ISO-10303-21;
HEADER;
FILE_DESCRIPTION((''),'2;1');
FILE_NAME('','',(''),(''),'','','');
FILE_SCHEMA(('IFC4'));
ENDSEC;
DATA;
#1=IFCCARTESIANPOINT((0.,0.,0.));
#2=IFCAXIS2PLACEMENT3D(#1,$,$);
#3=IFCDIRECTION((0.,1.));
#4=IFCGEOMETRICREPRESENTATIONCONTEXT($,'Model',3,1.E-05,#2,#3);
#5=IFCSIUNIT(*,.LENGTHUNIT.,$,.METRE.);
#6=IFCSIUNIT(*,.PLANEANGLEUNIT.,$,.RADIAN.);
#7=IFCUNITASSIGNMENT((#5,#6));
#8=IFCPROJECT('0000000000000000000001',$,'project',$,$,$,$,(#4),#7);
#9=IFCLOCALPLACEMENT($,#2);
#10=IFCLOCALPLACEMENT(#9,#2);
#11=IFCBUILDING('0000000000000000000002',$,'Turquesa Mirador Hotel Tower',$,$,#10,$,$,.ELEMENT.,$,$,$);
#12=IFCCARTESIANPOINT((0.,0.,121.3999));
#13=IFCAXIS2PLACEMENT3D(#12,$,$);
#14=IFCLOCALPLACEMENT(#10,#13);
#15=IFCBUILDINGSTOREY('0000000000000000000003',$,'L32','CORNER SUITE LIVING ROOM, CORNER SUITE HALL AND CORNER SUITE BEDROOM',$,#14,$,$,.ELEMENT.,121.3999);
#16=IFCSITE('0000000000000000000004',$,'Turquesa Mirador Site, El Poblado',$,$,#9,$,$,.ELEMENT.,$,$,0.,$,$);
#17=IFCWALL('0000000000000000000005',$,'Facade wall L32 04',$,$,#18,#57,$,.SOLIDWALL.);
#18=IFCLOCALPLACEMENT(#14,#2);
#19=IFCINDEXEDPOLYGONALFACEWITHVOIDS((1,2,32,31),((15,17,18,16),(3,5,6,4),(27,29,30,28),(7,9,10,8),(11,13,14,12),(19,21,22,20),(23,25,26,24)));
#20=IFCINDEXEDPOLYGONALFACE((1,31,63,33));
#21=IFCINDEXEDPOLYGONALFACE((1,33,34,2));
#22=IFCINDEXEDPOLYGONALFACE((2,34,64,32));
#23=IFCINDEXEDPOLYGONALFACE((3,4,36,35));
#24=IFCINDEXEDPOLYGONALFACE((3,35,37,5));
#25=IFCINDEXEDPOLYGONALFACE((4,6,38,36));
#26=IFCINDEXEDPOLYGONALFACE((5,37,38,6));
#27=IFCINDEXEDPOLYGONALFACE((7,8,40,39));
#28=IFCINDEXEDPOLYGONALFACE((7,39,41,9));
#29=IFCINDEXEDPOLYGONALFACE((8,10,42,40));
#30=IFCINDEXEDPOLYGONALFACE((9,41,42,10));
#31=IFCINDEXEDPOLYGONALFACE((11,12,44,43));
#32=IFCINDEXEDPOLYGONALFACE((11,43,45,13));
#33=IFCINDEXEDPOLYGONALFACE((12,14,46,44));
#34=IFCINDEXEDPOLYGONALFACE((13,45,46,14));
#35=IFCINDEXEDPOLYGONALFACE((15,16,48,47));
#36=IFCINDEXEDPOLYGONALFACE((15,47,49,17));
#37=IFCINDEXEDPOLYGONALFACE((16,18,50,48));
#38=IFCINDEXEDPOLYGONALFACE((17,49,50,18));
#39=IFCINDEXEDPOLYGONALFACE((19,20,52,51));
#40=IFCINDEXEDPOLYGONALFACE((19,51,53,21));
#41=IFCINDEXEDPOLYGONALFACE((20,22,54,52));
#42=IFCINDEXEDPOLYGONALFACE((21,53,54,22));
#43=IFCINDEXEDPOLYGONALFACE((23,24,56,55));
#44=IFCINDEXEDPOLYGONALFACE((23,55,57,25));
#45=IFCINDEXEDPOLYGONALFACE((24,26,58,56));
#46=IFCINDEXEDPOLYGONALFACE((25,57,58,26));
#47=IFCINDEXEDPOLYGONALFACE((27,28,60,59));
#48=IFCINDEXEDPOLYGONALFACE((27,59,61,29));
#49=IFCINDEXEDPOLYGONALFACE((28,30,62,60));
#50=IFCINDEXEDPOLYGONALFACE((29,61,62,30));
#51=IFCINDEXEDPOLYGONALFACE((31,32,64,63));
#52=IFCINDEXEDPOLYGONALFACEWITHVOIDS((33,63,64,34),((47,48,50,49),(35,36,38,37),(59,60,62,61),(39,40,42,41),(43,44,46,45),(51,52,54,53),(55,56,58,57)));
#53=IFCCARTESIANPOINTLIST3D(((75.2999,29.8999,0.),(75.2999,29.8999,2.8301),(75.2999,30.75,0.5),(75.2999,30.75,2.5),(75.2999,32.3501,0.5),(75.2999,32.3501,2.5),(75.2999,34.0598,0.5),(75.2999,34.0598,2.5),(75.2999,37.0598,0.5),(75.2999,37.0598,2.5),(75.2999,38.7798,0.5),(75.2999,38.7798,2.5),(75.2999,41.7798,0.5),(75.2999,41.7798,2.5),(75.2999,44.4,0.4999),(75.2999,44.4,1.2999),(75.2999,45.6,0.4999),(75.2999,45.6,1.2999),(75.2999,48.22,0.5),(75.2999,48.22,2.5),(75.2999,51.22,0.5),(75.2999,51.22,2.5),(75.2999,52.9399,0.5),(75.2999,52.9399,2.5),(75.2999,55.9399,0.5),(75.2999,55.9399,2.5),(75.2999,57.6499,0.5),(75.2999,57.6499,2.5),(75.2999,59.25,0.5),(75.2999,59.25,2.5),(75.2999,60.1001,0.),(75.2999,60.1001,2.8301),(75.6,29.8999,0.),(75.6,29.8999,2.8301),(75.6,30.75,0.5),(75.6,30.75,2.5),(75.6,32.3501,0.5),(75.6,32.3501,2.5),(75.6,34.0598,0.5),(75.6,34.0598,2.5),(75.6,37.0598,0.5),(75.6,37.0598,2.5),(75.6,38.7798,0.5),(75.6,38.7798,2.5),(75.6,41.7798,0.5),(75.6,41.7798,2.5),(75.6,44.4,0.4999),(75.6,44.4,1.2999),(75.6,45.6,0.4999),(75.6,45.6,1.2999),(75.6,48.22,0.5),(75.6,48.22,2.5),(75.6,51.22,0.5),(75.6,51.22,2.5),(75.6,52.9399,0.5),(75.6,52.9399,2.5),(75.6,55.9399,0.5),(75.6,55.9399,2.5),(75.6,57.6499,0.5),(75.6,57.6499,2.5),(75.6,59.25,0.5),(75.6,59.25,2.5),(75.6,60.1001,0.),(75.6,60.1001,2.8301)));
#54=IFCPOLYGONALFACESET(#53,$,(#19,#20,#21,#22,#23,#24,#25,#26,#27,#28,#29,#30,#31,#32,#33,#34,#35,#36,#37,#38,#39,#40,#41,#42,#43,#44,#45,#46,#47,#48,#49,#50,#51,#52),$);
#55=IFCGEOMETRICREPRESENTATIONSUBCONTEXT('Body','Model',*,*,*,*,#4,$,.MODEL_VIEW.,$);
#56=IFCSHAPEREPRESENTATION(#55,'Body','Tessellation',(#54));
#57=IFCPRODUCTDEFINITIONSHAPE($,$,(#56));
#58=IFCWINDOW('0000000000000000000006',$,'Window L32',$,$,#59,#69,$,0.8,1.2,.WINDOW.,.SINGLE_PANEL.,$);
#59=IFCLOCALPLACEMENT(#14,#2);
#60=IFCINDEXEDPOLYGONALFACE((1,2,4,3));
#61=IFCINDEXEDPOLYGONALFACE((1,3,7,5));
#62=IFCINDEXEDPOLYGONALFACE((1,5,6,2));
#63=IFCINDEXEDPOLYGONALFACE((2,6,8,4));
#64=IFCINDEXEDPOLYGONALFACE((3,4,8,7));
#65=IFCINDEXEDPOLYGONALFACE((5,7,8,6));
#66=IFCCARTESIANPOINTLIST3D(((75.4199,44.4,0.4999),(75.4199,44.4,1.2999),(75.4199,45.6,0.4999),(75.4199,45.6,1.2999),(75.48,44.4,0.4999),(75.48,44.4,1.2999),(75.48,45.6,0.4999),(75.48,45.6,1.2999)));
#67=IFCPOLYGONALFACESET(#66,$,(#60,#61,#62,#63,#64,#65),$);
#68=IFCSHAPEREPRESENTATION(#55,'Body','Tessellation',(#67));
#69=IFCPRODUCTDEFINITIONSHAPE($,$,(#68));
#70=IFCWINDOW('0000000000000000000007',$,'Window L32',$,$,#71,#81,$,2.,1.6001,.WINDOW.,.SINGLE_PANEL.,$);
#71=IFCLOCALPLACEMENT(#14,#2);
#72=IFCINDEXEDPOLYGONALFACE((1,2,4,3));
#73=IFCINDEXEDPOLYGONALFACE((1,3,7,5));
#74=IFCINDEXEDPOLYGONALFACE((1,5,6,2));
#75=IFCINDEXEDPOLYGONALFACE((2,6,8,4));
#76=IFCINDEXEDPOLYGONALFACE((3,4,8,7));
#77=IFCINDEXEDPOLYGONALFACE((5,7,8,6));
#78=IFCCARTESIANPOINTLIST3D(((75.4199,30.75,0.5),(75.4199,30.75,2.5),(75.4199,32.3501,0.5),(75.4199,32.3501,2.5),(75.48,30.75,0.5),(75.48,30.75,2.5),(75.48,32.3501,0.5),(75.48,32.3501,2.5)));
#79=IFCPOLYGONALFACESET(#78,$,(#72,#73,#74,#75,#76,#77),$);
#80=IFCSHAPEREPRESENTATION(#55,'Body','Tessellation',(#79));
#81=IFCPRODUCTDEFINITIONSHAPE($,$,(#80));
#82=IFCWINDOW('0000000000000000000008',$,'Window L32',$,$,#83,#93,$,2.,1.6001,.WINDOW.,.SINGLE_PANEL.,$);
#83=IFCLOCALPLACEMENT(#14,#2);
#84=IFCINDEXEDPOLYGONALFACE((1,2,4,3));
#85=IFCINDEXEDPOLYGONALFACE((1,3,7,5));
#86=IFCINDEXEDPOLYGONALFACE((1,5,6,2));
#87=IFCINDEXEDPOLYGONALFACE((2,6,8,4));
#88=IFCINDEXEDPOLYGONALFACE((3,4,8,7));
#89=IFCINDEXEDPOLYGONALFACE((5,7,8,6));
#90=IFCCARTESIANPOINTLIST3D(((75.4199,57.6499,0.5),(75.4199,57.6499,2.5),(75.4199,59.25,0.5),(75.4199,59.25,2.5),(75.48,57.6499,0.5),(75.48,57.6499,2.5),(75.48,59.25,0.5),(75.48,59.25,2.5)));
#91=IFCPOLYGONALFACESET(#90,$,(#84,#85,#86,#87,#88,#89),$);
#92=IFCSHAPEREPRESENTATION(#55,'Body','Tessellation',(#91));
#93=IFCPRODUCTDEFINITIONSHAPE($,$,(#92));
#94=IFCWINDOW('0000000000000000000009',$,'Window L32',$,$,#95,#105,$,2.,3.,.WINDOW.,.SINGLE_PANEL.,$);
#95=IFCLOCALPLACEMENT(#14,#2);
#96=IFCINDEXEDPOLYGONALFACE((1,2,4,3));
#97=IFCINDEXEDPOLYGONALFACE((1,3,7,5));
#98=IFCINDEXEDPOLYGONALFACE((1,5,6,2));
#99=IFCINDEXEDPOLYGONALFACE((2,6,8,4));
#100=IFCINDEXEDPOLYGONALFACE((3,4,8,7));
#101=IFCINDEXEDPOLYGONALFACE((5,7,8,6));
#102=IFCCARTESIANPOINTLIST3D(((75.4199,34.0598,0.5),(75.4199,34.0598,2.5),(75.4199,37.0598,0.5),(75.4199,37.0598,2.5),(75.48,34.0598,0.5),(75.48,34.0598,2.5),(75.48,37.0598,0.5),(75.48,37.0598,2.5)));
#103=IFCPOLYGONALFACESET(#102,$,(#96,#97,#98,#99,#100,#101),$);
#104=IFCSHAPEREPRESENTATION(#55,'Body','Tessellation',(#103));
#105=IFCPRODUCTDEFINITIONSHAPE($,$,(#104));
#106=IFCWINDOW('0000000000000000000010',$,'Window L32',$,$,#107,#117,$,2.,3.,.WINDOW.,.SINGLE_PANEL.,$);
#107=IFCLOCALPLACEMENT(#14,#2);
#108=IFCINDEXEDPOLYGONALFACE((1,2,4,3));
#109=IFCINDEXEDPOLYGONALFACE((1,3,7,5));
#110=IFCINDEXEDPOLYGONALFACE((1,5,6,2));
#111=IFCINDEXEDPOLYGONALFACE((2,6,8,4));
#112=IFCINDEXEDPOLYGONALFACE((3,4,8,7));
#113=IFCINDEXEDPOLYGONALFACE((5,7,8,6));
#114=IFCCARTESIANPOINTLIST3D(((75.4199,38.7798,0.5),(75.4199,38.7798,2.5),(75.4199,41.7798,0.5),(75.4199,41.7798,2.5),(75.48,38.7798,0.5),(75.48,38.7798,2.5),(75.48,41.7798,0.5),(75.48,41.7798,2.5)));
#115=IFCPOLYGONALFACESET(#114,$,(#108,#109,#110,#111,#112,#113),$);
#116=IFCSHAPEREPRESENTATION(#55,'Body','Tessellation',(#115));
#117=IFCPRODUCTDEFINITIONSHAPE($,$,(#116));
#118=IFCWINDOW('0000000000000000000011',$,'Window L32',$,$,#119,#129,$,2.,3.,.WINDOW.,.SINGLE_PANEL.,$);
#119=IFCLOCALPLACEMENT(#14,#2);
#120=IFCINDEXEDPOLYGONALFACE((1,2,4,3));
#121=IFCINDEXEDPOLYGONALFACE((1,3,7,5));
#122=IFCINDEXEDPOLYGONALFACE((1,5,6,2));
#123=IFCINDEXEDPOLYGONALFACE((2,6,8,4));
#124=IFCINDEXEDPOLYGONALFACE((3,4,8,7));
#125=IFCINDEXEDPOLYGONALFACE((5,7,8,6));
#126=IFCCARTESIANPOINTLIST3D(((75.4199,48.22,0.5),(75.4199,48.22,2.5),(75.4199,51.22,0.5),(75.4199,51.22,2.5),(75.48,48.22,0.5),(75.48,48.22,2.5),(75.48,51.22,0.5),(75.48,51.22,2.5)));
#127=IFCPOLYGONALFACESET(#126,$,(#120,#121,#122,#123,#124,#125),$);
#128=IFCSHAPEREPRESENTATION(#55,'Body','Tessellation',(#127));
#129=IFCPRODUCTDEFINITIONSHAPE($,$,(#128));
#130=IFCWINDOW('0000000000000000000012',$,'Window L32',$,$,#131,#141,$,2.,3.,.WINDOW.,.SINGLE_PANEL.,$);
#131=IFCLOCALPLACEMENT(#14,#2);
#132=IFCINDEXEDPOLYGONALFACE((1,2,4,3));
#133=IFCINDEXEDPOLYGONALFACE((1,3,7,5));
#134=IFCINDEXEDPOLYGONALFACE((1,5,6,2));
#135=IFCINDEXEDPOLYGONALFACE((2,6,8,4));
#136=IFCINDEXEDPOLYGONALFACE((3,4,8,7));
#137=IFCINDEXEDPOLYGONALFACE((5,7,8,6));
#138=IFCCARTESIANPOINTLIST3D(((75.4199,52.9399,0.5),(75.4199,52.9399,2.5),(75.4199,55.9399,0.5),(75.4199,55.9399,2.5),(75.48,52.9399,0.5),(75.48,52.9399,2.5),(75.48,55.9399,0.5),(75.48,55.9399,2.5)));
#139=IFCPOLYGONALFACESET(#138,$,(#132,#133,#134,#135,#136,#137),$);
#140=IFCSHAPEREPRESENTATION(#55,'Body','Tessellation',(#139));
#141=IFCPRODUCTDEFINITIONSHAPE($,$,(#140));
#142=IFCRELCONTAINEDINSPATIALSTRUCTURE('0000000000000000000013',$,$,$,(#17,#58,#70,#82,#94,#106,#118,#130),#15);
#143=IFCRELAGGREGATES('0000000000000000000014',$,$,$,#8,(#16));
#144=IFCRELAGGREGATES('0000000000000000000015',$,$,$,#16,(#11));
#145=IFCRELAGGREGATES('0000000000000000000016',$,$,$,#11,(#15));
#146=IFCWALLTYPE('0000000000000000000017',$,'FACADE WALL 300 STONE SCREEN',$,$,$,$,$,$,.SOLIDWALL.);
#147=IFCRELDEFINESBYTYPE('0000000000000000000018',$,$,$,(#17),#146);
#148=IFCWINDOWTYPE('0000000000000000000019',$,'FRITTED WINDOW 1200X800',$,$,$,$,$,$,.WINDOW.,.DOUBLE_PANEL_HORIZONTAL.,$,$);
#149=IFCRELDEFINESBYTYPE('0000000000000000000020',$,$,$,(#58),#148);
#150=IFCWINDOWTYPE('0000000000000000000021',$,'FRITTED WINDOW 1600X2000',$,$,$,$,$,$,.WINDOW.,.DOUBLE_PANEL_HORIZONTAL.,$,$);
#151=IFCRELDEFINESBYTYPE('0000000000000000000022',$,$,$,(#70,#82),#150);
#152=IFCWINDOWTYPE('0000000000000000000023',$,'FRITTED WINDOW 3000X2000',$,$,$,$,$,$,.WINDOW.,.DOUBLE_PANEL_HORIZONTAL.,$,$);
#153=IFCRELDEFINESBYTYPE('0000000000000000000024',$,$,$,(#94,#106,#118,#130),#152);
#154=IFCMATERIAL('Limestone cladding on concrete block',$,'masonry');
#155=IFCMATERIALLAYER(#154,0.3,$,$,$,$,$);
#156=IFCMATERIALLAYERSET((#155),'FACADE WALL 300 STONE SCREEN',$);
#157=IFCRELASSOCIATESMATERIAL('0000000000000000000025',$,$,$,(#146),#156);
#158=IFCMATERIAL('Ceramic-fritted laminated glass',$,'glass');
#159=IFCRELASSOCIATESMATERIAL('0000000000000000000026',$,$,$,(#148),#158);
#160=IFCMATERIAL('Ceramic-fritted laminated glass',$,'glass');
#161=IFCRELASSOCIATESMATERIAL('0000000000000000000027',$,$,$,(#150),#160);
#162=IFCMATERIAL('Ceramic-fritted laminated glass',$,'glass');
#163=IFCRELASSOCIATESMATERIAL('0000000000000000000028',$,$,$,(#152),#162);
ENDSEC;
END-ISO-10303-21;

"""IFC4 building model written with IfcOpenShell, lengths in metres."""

from ifc_helpers import new_model, si_unit, direction, frame, frame_2d, origin, place, context, subcontext, project, spatial, rectangle, extrude, material, layer, layer_set, type_object, element, fill, save


model = new_model("IFC4")

# Units and contexts
model_context = context("Model", 3, precision=1e-05, world=origin(), true_north=direction((0.0, 1.0)))
body_context = subcontext(model_context, "Body", "Model", "MODEL_VIEW")
ifc_project = project(units=[si_unit("LENGTHUNIT", "METRE"), si_unit("PLANEANGLEUNIT", "RADIAN")], contexts=[model_context])

# Site, building, storey
site_placement = place(None, origin())
site = spatial("IfcSite", under=ifc_project, at=site_placement, Name="Turquesa Mirador Site, El Poblado", CompositionType="ELEMENT", RefElevation=0.0)
building_placement = place(site_placement, origin())
building = spatial("IfcBuilding", under=site, at=building_placement, Name="Turquesa Mirador Hotel Tower", CompositionType="ELEMENT")
storey_placement = place(building_placement, frame((0.0, 0.0, 121.3999)))
storey = spatial("IfcBuildingStorey", under=building, at=storey_placement, Name="L32", Description="CORNER SUITE LIVING ROOM, CORNER SUITE HALL AND CORNER SUITE BEDROOM", CompositionType="ELEMENT", Elevation=121.3999)

# Shared definitions
ifc_material_1 = material(Name="Limestone cladding on concrete block", Category="masonry")
ifc_layer = layer(ifc_material_1, 0.3)
ifc_layer_set = layer_set([ifc_layer], Name="FACADE WALL 300 STONE SCREEN")
wall_type = type_object("IfcWallType", Name="FACADE WALL 300 STONE SCREEN", PredefinedType="SOLIDWALL", material=ifc_layer_set)

# Wall, openings, windows
wall_1_placement = place(storey_placement, frame((75.45, 29.8999, 0.0), z_axis=(0.0, 0.0, 1.0), x_axis=(0.0, 1.0, 0.0)))
wall_1 = element("IfcWall", 1, at=wall_1_placement, inside=storey, type_object=wall_type, Name="Facade wall L32 04", PredefinedType="SOLIDWALL", context=body_context, shape_type="SweptSolid", body=[
    extrude(rectangle(XDim=30.2002, YDim=0.3, at=frame_2d((15.1001, 0.0))), origin(), (0.0, 0.0, 1.0), 2.8301),
])
opening_1_placement = place(wall_1_placement, frame((0.8501, 0.0, 0.5)))
opening_1 = element("IfcOpeningElement", 2, at=opening_1_placement, cuts=wall_1, PredefinedType="OPENING", context=body_context, shape_type="SweptSolid", body=[
    extrude(rectangle(XDim=1.6001, YDim=2.0, at=frame_2d((0.8, 1.0))), frame((0.0, 0.1599, 0.0), z_axis=(0.0, -1.0, 0.0), x_axis=(1.0, 0.0, 0.0)), (0.0, 0.0, 1.0), 0.3201),
])
opening_2_placement = place(wall_1_placement, frame((4.1599, 0.0, 0.5)))
opening_2 = element("IfcOpeningElement", 3, at=opening_2_placement, cuts=wall_1, PredefinedType="OPENING", context=body_context, shape_type="SweptSolid", body=[
    extrude(rectangle(XDim=3.0, YDim=2.0, at=frame_2d((1.5, 1.0))), frame((0.0, 0.1599, 0.0), z_axis=(0.0, -1.0, 0.0), x_axis=(1.0, 0.0, 0.0)), (0.0, 0.0, 1.0), 0.3201),
])
opening_3_placement = place(wall_1_placement, frame((8.8799, 0.0, 0.5)))
opening_3 = element("IfcOpeningElement", 4, at=opening_3_placement, cuts=wall_1, PredefinedType="OPENING", context=body_context, shape_type="SweptSolid", body=[
    extrude(rectangle(XDim=3.0, YDim=2.0, at=frame_2d((1.5, 1.0))), frame((0.0, 0.1599, 0.0), z_axis=(0.0, -1.0, 0.0), x_axis=(1.0, 0.0, 0.0)), (0.0, 0.0, 1.0), 0.3201),
])
opening_4_placement = place(wall_1_placement, frame((14.5, 0.0, 0.5)))
opening_4 = element("IfcOpeningElement", 5, at=opening_4_placement, cuts=wall_1, PredefinedType="OPENING", context=body_context, shape_type="SweptSolid", body=[
    extrude(rectangle(XDim=1.2, YDim=0.8, at=frame_2d((0.6001, 0.3999))), frame((0.0, 0.1599, 0.0), z_axis=(0.0, -1.0, 0.0), x_axis=(1.0, 0.0, 0.0)), (0.0, 0.0, 1.0), 0.3201),
])
opening_5_placement = place(wall_1_placement, frame((18.3201, 0.0, 0.5)))
opening_5 = element("IfcOpeningElement", 6, at=opening_5_placement, cuts=wall_1, PredefinedType="OPENING", context=body_context, shape_type="SweptSolid", body=[
    extrude(rectangle(XDim=3.0, YDim=2.0, at=frame_2d((1.5, 1.0))), frame((0.0, 0.1599, 0.0), z_axis=(0.0, -1.0, 0.0), x_axis=(1.0, 0.0, 0.0)), (0.0, 0.0, 1.0), 0.3201),
])
opening_6_placement = place(wall_1_placement, frame((23.04, 0.0, 0.5)))
opening_6 = element("IfcOpeningElement", 7, at=opening_6_placement, cuts=wall_1, PredefinedType="OPENING", context=body_context, shape_type="SweptSolid", body=[
    extrude(rectangle(XDim=3.0, YDim=2.0, at=frame_2d((1.5, 1.0))), frame((0.0, 0.1599, 0.0), z_axis=(0.0, -1.0, 0.0), x_axis=(1.0, 0.0, 0.0)), (0.0, 0.0, 1.0), 0.3201),
])
opening_7_placement = place(wall_1_placement, frame((27.75, 0.0, 0.5)))
opening_7 = element("IfcOpeningElement", 8, at=opening_7_placement, cuts=wall_1, PredefinedType="OPENING", context=body_context, shape_type="SweptSolid", body=[
    extrude(rectangle(XDim=1.6001, YDim=2.0, at=frame_2d((0.8, 1.0))), frame((0.0, 0.1599, 0.0), z_axis=(0.0, -1.0, 0.0), x_axis=(1.0, 0.0, 0.0)), (0.0, 0.0, 1.0), 0.3201),
])
ifc_material_2 = material(Name="Ceramic-fritted laminated glass", Category="glass")
window_type_1 = type_object("IfcWindowType", Name="FRITTED WINDOW 1200X800", PartitioningType="DOUBLE_PANEL_HORIZONTAL", PredefinedType="WINDOW", material=ifc_material_2)
window_1_placement = place(opening_4_placement, origin())
window_1 = element("IfcWindow", 9, at=window_1_placement, inside=storey, type_object=window_type_1, Name="Window L32", OverallHeight=0.8, OverallWidth=1.2, PartitioningType="SINGLE_PANEL", PredefinedType="WINDOW", context=body_context, shape_type="SweptSolid", body=[
    extrude(rectangle(XDim=1.2, YDim=0.8, at=frame_2d((0.6001, 0.3999))), frame((0.0, 0.03, 0.0), z_axis=(0.0, -1.0, 0.0), x_axis=(1.0, 0.0, 0.0)), (0.0, 0.0, 1.0), 0.0601),
])
fill(opening_4, window_1)
ifc_material_3 = material(Name="Ceramic-fritted laminated glass", Category="glass")
window_type_2 = type_object("IfcWindowType", Name="FRITTED WINDOW 1600X2000", PartitioningType="DOUBLE_PANEL_HORIZONTAL", PredefinedType="WINDOW", material=ifc_material_3)
window_2_placement = place(opening_1_placement, origin())
window_2 = element("IfcWindow", 10, at=window_2_placement, inside=storey, type_object=window_type_2, Name="Window L32", OverallHeight=2.0, OverallWidth=1.6001, PartitioningType="SINGLE_PANEL", PredefinedType="WINDOW", context=body_context, shape_type="SweptSolid", body=[
    extrude(rectangle(XDim=1.6001, YDim=2.0, at=frame_2d((0.8, 1.0))), frame((0.0, 0.03, 0.0), z_axis=(0.0, -1.0, 0.0), x_axis=(1.0, 0.0, 0.0)), (0.0, 0.0, 1.0), 0.0601),
])
fill(opening_1, window_2)
window_3_placement = place(opening_7_placement, origin())
window_3 = element("IfcWindow", 11, at=window_3_placement, inside=storey, type_object=window_type_2, Name="Window L32", OverallHeight=2.0, OverallWidth=1.6001, PartitioningType="SINGLE_PANEL", PredefinedType="WINDOW", context=body_context, shape_type="SweptSolid", body=[
    extrude(rectangle(XDim=1.6001, YDim=2.0, at=frame_2d((0.8, 1.0))), frame((0.0, 0.03, 0.0), z_axis=(0.0, -1.0, 0.0), x_axis=(1.0, 0.0, 0.0)), (0.0, 0.0, 1.0), 0.0601),
])
fill(opening_7, window_3)
ifc_material_4 = material(Name="Ceramic-fritted laminated glass", Category="glass")
window_type_3 = type_object("IfcWindowType", Name="FRITTED WINDOW 3000X2000", PartitioningType="DOUBLE_PANEL_HORIZONTAL", PredefinedType="WINDOW", material=ifc_material_4)
window_4_placement = place(opening_2_placement, origin())
window_4 = element("IfcWindow", 12, at=window_4_placement, inside=storey, type_object=window_type_3, Name="Window L32", OverallHeight=2.0, OverallWidth=3.0, PartitioningType="SINGLE_PANEL", PredefinedType="WINDOW", context=body_context, shape_type="SweptSolid", body=[
    extrude(rectangle(XDim=3.0, YDim=2.0, at=frame_2d((1.5, 1.0))), frame((0.0, 0.03, 0.0), z_axis=(0.0, -1.0, 0.0), x_axis=(1.0, 0.0, 0.0)), (0.0, 0.0, 1.0), 0.0601),
])
fill(opening_2, window_4)
window_5_placement = place(opening_3_placement, origin())
window_5 = element("IfcWindow", 13, at=window_5_placement, inside=storey, type_object=window_type_3, Name="Window L32", OverallHeight=2.0, OverallWidth=3.0, PartitioningType="SINGLE_PANEL", PredefinedType="WINDOW", context=body_context, shape_type="SweptSolid", body=[
    extrude(rectangle(XDim=3.0, YDim=2.0, at=frame_2d((1.5, 1.0))), frame((0.0, 0.03, 0.0), z_axis=(0.0, -1.0, 0.0), x_axis=(1.0, 0.0, 0.0)), (0.0, 0.0, 1.0), 0.0601),
])
fill(opening_3, window_5)
window_6_placement = place(opening_5_placement, origin())
window_6 = element("IfcWindow", 14, at=window_6_placement, inside=storey, type_object=window_type_3, Name="Window L32", OverallHeight=2.0, OverallWidth=3.0, PartitioningType="SINGLE_PANEL", PredefinedType="WINDOW", context=body_context, shape_type="SweptSolid", body=[
    extrude(rectangle(XDim=3.0, YDim=2.0, at=frame_2d((1.5, 1.0))), frame((0.0, 0.03, 0.0), z_axis=(0.0, -1.0, 0.0), x_axis=(1.0, 0.0, 0.0)), (0.0, 0.0, 1.0), 0.0601),
])
fill(opening_5, window_6)
window_7_placement = place(opening_6_placement, origin())
window_7 = element("IfcWindow", 15, at=window_7_placement, inside=storey, type_object=window_type_3, Name="Window L32", OverallHeight=2.0, OverallWidth=3.0, PartitioningType="SINGLE_PANEL", PredefinedType="WINDOW", context=body_context, shape_type="SweptSolid", body=[
    extrude(rectangle(XDim=3.0, YDim=2.0, at=frame_2d((1.5, 1.0))), frame((0.0, 0.03, 0.0), z_axis=(0.0, -1.0, 0.0), x_axis=(1.0, 0.0, 0.0)), (0.0, 0.0, 1.0), 0.0601),
])
fill(opening_6, window_7)

save(model, "model.ifc")
